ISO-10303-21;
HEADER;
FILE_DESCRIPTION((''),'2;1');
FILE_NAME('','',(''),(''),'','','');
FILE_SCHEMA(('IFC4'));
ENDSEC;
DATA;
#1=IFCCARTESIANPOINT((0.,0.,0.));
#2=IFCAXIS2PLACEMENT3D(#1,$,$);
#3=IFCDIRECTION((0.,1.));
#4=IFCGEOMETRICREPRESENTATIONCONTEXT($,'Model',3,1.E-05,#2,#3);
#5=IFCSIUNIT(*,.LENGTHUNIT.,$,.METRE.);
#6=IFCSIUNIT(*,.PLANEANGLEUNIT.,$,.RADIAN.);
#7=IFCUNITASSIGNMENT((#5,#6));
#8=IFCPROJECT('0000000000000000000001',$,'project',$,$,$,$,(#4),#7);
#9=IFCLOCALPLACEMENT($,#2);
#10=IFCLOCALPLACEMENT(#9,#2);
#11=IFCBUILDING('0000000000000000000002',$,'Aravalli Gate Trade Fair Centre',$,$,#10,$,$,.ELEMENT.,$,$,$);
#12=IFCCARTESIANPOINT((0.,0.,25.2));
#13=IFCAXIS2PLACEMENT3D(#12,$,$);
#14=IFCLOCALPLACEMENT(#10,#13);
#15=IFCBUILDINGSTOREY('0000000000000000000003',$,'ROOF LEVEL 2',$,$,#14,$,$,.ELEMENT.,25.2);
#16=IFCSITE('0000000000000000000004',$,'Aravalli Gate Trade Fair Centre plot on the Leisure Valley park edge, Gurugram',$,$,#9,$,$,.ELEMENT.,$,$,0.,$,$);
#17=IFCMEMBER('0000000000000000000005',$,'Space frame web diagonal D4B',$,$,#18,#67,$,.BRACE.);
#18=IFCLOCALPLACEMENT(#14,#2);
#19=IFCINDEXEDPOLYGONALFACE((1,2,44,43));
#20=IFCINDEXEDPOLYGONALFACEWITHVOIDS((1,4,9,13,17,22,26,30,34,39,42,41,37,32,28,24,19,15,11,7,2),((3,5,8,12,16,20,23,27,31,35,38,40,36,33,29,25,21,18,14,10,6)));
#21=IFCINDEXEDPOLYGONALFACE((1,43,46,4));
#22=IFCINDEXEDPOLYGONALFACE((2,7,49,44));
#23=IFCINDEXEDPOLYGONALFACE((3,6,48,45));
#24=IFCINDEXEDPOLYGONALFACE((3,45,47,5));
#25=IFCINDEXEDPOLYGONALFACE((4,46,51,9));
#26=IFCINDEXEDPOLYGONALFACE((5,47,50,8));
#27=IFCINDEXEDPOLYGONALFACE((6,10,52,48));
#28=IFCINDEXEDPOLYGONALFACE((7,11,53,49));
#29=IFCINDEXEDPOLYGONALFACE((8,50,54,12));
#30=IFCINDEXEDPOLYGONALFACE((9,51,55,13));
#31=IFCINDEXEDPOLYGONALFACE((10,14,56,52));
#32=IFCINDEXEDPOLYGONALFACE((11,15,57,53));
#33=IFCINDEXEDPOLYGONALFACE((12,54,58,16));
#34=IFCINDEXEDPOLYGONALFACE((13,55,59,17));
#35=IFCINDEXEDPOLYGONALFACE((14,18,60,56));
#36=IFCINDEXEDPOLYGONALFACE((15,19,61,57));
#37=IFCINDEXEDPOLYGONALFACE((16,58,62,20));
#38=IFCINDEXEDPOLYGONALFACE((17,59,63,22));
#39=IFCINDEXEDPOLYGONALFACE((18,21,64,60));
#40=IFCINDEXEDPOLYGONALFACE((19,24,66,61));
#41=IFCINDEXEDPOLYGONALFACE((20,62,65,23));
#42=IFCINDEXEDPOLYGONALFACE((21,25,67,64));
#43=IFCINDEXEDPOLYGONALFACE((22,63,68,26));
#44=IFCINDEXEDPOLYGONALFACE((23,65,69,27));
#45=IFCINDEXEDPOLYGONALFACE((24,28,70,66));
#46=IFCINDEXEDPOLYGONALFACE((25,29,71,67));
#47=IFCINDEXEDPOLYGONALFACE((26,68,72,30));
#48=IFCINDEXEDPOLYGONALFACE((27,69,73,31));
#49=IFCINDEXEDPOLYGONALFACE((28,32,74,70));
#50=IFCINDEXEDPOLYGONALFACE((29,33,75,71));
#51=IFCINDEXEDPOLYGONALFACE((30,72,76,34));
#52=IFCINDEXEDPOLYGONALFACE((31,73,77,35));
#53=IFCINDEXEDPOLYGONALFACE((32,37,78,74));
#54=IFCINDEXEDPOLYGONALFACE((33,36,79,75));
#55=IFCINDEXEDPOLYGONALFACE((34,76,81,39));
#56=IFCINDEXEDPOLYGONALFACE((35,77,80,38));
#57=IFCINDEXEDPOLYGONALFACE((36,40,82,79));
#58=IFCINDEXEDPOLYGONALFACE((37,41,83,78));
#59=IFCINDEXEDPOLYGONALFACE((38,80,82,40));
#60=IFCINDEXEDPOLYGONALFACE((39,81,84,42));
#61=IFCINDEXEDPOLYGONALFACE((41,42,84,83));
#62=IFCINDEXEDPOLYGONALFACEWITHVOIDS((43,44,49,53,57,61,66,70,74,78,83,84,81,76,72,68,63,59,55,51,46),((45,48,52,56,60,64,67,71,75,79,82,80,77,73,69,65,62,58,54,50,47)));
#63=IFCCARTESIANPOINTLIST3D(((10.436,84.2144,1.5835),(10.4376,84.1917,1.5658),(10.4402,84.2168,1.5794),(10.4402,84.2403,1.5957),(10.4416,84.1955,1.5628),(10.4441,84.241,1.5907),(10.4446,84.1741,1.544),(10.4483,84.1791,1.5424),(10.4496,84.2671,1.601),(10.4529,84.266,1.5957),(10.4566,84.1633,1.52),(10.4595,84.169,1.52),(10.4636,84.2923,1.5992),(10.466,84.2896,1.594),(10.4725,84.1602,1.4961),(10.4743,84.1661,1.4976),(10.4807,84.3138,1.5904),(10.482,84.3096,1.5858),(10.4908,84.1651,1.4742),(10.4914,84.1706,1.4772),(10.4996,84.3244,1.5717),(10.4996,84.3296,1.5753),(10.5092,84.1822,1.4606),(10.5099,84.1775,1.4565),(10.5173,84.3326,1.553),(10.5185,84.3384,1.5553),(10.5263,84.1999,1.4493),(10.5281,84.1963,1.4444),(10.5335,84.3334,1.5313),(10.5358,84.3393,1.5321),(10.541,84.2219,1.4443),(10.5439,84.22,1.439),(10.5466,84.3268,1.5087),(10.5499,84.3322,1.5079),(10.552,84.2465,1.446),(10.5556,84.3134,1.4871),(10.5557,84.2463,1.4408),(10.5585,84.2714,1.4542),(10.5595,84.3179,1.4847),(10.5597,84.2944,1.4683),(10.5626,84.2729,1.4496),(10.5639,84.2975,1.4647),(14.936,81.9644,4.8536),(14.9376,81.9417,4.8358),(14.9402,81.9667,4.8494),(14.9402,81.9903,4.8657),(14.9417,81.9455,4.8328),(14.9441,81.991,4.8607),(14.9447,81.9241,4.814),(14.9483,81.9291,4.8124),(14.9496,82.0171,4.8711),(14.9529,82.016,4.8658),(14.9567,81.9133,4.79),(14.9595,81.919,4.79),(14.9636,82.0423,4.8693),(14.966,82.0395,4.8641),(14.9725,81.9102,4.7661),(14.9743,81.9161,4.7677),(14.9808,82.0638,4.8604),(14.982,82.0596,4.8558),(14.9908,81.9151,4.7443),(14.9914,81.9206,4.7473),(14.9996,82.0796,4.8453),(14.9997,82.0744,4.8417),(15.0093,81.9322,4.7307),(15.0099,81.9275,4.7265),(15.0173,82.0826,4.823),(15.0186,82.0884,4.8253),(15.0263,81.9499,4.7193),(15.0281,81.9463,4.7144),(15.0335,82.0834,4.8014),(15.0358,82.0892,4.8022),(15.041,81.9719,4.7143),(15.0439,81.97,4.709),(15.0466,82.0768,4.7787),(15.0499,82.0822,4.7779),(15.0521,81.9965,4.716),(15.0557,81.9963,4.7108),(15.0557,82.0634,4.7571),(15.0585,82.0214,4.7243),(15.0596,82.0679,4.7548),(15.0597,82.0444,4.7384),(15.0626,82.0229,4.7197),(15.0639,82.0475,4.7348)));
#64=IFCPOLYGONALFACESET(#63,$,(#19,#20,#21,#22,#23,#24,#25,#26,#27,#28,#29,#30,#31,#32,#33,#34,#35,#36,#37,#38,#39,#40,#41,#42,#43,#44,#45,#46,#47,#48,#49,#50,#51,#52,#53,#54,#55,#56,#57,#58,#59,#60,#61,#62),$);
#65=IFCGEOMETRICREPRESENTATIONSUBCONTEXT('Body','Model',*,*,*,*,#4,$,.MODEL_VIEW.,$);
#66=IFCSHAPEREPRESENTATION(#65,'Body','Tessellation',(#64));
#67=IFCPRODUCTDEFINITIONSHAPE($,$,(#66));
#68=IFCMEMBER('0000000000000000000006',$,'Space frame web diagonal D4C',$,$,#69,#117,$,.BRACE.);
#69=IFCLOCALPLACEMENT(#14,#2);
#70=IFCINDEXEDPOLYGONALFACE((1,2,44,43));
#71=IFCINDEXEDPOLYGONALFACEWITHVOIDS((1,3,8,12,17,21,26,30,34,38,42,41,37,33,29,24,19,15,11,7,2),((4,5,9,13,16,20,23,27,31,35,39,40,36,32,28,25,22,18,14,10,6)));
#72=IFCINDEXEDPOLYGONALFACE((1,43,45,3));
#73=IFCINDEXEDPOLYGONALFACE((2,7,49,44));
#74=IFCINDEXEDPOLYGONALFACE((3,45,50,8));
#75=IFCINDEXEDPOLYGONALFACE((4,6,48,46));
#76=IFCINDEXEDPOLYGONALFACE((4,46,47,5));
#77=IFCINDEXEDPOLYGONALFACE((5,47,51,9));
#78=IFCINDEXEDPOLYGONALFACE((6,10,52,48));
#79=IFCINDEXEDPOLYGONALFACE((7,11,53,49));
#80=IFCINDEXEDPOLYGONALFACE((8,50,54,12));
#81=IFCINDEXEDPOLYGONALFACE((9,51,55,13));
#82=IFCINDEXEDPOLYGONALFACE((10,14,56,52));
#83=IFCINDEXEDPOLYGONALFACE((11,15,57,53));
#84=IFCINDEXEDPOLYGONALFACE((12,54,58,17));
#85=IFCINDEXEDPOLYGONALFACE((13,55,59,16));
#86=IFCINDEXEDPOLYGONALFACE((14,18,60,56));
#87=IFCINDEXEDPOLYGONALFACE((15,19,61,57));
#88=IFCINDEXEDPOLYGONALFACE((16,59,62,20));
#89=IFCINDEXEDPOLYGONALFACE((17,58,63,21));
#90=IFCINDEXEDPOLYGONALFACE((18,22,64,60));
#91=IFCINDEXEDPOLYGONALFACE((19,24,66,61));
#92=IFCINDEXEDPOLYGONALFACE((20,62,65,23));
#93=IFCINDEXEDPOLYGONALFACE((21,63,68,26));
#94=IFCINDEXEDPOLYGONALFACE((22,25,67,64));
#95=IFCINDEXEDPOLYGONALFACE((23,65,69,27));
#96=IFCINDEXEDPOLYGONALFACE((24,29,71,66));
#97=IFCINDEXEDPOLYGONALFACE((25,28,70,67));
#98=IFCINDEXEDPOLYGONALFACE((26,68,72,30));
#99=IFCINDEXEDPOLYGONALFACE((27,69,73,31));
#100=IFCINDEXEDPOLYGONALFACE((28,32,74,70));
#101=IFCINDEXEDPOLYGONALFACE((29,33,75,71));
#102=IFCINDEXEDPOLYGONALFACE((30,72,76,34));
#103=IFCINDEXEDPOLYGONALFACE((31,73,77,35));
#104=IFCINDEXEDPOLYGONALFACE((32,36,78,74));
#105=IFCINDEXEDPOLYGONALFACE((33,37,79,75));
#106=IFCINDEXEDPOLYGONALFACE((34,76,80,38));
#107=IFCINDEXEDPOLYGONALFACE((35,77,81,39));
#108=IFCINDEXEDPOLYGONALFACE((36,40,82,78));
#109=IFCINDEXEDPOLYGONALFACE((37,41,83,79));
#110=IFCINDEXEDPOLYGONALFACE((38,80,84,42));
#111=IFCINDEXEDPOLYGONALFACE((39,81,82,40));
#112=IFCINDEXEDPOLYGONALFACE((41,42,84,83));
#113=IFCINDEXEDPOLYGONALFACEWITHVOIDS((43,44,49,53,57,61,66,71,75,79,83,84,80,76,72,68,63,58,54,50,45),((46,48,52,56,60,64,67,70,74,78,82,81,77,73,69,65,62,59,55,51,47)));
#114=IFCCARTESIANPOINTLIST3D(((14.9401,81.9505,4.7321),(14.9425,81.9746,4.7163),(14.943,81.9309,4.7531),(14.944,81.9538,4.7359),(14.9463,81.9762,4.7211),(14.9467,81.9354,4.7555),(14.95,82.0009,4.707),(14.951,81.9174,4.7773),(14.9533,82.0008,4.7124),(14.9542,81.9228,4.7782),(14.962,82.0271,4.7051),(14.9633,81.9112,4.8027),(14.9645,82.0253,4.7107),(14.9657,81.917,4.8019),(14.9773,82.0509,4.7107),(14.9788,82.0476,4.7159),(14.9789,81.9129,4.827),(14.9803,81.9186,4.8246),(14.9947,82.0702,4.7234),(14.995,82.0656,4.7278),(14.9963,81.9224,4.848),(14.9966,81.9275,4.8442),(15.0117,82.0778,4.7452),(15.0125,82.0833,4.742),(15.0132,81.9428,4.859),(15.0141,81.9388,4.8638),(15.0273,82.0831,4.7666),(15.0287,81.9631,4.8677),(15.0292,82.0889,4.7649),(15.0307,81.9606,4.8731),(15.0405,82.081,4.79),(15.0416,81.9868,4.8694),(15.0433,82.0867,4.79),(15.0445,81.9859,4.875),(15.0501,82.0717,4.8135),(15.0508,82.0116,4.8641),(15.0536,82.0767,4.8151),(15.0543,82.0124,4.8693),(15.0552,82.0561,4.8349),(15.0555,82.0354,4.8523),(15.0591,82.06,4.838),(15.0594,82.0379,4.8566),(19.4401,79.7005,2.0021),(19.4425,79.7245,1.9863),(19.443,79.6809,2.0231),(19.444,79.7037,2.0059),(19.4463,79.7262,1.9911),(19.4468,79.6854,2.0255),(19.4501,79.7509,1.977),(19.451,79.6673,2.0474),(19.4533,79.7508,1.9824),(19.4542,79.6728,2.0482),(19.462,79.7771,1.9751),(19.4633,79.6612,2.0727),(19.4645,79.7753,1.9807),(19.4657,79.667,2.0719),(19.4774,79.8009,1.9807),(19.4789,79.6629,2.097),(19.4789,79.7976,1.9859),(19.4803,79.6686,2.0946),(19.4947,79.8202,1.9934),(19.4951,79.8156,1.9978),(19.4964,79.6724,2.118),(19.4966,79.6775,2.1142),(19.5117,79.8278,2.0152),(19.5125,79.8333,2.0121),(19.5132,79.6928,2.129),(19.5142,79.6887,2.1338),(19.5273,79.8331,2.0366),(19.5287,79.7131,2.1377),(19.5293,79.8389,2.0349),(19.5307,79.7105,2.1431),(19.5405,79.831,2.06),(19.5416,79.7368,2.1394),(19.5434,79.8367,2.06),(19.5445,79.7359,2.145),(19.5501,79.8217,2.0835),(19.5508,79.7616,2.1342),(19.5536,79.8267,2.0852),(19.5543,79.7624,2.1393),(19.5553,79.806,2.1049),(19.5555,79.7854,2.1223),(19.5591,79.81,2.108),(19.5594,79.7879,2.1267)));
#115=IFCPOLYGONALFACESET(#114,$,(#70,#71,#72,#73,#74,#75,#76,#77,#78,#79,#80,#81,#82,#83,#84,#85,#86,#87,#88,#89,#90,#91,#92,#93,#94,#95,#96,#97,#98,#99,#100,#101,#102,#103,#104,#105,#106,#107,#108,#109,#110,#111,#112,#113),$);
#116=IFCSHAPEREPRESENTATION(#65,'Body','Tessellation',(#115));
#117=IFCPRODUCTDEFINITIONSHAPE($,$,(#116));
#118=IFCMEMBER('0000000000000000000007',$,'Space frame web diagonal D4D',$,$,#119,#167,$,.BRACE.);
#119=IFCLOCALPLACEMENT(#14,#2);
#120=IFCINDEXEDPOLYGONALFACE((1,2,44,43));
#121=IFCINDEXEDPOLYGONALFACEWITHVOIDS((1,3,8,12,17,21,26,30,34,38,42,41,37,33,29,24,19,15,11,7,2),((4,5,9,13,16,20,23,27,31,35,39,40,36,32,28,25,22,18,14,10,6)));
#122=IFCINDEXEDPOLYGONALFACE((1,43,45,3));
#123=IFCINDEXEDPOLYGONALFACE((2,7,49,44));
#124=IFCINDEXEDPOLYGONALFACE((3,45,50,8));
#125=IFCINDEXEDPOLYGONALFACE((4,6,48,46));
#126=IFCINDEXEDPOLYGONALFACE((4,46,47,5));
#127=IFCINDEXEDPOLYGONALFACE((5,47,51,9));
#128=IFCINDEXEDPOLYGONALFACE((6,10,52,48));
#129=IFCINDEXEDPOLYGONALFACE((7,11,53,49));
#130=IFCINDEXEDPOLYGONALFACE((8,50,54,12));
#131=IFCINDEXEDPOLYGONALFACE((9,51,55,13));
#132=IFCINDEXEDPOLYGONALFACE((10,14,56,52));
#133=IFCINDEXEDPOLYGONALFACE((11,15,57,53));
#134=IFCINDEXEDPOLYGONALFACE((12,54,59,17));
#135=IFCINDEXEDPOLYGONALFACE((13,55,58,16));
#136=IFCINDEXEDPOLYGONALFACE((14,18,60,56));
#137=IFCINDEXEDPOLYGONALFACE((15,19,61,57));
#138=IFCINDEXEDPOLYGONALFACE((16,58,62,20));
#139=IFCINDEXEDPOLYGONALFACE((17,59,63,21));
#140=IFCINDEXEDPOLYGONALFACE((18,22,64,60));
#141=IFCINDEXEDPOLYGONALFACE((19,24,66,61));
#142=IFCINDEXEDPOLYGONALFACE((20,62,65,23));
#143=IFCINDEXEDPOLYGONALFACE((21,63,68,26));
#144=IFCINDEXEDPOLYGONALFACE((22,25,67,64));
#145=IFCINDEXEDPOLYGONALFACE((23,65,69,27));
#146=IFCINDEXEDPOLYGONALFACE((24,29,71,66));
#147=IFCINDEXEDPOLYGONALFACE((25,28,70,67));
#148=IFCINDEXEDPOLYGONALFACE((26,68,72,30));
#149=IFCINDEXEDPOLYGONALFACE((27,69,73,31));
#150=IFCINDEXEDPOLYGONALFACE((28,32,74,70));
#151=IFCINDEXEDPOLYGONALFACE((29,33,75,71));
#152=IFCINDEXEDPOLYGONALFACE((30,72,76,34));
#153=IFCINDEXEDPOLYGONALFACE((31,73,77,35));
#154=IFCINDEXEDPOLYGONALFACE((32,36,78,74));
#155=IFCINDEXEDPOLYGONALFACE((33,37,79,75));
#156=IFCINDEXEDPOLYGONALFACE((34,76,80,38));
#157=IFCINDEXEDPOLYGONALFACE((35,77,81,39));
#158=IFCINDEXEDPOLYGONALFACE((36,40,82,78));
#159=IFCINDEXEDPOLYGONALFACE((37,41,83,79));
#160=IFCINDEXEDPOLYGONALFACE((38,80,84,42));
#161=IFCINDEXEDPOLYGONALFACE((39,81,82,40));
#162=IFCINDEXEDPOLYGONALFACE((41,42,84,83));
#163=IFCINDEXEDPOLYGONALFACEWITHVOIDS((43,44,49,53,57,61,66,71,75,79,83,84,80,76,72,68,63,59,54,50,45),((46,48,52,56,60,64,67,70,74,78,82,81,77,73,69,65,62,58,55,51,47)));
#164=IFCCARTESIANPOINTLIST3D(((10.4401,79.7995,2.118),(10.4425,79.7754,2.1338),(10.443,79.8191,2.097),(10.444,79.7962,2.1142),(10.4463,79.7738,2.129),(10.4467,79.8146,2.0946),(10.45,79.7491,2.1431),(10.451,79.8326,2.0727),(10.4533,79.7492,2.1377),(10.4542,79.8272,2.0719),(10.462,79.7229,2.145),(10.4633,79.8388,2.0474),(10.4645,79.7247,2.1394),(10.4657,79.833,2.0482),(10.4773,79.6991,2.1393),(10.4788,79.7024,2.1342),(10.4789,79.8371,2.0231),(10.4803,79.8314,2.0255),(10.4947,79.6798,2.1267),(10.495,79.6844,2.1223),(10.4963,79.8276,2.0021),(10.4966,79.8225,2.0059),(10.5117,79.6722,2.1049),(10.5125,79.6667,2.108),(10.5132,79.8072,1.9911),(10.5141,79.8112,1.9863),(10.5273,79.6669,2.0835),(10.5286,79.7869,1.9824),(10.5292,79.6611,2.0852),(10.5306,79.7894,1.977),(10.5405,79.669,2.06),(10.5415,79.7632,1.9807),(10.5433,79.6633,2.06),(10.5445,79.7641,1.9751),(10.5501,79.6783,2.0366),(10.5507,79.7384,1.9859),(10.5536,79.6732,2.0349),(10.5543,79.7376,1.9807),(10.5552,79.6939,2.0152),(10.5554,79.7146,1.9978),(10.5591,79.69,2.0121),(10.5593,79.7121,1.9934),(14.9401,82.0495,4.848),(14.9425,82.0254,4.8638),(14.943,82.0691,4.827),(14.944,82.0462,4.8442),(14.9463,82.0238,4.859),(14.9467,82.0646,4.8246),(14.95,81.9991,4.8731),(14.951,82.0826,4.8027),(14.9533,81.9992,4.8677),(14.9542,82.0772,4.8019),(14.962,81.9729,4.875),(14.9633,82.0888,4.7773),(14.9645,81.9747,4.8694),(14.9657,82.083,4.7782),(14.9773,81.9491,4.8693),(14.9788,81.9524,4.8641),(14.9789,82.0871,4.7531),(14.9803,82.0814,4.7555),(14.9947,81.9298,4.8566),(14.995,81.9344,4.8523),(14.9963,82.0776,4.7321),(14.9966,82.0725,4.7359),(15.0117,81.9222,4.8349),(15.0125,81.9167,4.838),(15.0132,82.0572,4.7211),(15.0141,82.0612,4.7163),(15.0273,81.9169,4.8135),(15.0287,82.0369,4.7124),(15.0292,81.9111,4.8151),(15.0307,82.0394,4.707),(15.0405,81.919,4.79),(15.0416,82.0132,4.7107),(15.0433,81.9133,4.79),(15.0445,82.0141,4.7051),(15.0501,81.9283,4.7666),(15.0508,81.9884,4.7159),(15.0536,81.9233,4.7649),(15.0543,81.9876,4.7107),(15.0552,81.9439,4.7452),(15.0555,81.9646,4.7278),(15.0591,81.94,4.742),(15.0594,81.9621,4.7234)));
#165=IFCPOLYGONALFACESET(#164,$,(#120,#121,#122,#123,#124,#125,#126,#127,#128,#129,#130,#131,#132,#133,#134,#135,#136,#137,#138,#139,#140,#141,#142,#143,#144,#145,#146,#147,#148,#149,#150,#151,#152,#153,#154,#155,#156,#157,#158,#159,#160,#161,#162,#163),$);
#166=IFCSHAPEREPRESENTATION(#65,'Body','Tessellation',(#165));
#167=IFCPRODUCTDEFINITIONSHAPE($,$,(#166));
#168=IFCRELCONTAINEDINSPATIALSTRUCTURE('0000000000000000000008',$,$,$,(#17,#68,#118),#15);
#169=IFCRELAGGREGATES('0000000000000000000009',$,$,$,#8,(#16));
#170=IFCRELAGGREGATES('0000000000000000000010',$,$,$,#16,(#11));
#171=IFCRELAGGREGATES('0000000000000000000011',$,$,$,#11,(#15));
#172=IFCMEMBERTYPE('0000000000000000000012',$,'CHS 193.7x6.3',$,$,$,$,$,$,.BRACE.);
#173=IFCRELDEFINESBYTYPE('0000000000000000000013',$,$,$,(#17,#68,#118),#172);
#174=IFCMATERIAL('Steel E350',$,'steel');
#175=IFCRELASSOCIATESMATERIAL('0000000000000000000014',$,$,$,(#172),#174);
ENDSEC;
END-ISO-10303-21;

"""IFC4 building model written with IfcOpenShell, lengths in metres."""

from ifc_helpers import new_model, si_unit, direction, frame, origin, origin_2d, place, context, subcontext, project, spatial, hollow_circle, extrude, material, material_profile, profile_set, type_object, element, save


model = new_model("IFC4")

# Units and contexts
model_context = context("Model", 3, precision=1e-05, world=origin(), true_north=direction((0.0, 1.0)))
body_context = subcontext(model_context, "Body", "Model", "MODEL_VIEW")
ifc_project = project(units=[si_unit("LENGTHUNIT", "METRE"), si_unit("PLANEANGLEUNIT", "RADIAN")], contexts=[model_context])

# Site, building, storey
site_placement = place(None, origin())
site = spatial("IfcSite", under=ifc_project, at=site_placement, Name="Aravalli Gate Trade Fair Centre plot on the Leisure Valley park edge, Gurugram", CompositionType="ELEMENT", RefElevation=0.0)
building_placement = place(site_placement, origin())
building = spatial("IfcBuilding", under=site, at=building_placement, Name="Aravalli Gate Trade Fair Centre", CompositionType="ELEMENT")
storey_placement = place(building_placement, frame((0.0, 0.0, 25.2)))
storey = spatial("IfcBuildingStorey", under=building, at=storey_placement, Name="ROOF LEVEL 2", CompositionType="ELEMENT", Elevation=25.2)

# Members
ifc_material = material(Name="Steel E350", Category="steel")
ifc_material_profile_1 = material_profile(ifc_material, hollow_circle(Radius=0.0969, WallThickness=0.0063, at=origin_2d()), Name="CHS 193.7x6.3")
ifc_profile_set_1 = profile_set([ifc_material_profile_1], Name="Steel E350")
member_type_1 = type_object("IfcMemberType", Name="CHS 193.7x6.3", PredefinedType="BRACE", material=ifc_profile_set_1)
member_1_placement = place(storey_placement, frame((15.0, 82.0, 4.79), z_axis=(-0.749942, 0.374971, -0.544961), x_axis=(-0.447214, -0.894427, 0.0)))
element("IfcMember", 1, at=member_1_placement, inside=storey, type_object=member_type_1, Name="Space frame web diagonal D4B", PredefinedType="BRACE", context=body_context, shape_type="SweptSolid", body=[
    extrude(hollow_circle(Radius=0.0969, WallThickness=0.0063, at=origin_2d()), origin(), (0.0, 0.0, 1.0), 6.0005),
])
for number, where, z_axis, x_axis, name in (
    (2, (15.0, 82.0, 4.79), (0.78615, -0.393075, -0.476928), (0.447214, 0.894427, 0.0), "Space frame web diagonal D4C"),
    (3, (15.0, 82.0, 4.79), (-0.78615, -0.393075, -0.476928), (0.447214, -0.894427, 0.0), "Space frame web diagonal D4D"),
):
    element("IfcMember", number, at=place(storey_placement, frame(where, z_axis=z_axis, x_axis=x_axis)), inside=storey, type_object=member_type_1, Name=name, PredefinedType="BRACE", context=body_context, shape_type="SweptSolid", body=[
        extrude(hollow_circle(Radius=0.0969, WallThickness=0.0063, at=origin_2d()), origin(), (0.0, 0.0, 1.0), 5.7241),
    ])

save(model, "model.ifc")
